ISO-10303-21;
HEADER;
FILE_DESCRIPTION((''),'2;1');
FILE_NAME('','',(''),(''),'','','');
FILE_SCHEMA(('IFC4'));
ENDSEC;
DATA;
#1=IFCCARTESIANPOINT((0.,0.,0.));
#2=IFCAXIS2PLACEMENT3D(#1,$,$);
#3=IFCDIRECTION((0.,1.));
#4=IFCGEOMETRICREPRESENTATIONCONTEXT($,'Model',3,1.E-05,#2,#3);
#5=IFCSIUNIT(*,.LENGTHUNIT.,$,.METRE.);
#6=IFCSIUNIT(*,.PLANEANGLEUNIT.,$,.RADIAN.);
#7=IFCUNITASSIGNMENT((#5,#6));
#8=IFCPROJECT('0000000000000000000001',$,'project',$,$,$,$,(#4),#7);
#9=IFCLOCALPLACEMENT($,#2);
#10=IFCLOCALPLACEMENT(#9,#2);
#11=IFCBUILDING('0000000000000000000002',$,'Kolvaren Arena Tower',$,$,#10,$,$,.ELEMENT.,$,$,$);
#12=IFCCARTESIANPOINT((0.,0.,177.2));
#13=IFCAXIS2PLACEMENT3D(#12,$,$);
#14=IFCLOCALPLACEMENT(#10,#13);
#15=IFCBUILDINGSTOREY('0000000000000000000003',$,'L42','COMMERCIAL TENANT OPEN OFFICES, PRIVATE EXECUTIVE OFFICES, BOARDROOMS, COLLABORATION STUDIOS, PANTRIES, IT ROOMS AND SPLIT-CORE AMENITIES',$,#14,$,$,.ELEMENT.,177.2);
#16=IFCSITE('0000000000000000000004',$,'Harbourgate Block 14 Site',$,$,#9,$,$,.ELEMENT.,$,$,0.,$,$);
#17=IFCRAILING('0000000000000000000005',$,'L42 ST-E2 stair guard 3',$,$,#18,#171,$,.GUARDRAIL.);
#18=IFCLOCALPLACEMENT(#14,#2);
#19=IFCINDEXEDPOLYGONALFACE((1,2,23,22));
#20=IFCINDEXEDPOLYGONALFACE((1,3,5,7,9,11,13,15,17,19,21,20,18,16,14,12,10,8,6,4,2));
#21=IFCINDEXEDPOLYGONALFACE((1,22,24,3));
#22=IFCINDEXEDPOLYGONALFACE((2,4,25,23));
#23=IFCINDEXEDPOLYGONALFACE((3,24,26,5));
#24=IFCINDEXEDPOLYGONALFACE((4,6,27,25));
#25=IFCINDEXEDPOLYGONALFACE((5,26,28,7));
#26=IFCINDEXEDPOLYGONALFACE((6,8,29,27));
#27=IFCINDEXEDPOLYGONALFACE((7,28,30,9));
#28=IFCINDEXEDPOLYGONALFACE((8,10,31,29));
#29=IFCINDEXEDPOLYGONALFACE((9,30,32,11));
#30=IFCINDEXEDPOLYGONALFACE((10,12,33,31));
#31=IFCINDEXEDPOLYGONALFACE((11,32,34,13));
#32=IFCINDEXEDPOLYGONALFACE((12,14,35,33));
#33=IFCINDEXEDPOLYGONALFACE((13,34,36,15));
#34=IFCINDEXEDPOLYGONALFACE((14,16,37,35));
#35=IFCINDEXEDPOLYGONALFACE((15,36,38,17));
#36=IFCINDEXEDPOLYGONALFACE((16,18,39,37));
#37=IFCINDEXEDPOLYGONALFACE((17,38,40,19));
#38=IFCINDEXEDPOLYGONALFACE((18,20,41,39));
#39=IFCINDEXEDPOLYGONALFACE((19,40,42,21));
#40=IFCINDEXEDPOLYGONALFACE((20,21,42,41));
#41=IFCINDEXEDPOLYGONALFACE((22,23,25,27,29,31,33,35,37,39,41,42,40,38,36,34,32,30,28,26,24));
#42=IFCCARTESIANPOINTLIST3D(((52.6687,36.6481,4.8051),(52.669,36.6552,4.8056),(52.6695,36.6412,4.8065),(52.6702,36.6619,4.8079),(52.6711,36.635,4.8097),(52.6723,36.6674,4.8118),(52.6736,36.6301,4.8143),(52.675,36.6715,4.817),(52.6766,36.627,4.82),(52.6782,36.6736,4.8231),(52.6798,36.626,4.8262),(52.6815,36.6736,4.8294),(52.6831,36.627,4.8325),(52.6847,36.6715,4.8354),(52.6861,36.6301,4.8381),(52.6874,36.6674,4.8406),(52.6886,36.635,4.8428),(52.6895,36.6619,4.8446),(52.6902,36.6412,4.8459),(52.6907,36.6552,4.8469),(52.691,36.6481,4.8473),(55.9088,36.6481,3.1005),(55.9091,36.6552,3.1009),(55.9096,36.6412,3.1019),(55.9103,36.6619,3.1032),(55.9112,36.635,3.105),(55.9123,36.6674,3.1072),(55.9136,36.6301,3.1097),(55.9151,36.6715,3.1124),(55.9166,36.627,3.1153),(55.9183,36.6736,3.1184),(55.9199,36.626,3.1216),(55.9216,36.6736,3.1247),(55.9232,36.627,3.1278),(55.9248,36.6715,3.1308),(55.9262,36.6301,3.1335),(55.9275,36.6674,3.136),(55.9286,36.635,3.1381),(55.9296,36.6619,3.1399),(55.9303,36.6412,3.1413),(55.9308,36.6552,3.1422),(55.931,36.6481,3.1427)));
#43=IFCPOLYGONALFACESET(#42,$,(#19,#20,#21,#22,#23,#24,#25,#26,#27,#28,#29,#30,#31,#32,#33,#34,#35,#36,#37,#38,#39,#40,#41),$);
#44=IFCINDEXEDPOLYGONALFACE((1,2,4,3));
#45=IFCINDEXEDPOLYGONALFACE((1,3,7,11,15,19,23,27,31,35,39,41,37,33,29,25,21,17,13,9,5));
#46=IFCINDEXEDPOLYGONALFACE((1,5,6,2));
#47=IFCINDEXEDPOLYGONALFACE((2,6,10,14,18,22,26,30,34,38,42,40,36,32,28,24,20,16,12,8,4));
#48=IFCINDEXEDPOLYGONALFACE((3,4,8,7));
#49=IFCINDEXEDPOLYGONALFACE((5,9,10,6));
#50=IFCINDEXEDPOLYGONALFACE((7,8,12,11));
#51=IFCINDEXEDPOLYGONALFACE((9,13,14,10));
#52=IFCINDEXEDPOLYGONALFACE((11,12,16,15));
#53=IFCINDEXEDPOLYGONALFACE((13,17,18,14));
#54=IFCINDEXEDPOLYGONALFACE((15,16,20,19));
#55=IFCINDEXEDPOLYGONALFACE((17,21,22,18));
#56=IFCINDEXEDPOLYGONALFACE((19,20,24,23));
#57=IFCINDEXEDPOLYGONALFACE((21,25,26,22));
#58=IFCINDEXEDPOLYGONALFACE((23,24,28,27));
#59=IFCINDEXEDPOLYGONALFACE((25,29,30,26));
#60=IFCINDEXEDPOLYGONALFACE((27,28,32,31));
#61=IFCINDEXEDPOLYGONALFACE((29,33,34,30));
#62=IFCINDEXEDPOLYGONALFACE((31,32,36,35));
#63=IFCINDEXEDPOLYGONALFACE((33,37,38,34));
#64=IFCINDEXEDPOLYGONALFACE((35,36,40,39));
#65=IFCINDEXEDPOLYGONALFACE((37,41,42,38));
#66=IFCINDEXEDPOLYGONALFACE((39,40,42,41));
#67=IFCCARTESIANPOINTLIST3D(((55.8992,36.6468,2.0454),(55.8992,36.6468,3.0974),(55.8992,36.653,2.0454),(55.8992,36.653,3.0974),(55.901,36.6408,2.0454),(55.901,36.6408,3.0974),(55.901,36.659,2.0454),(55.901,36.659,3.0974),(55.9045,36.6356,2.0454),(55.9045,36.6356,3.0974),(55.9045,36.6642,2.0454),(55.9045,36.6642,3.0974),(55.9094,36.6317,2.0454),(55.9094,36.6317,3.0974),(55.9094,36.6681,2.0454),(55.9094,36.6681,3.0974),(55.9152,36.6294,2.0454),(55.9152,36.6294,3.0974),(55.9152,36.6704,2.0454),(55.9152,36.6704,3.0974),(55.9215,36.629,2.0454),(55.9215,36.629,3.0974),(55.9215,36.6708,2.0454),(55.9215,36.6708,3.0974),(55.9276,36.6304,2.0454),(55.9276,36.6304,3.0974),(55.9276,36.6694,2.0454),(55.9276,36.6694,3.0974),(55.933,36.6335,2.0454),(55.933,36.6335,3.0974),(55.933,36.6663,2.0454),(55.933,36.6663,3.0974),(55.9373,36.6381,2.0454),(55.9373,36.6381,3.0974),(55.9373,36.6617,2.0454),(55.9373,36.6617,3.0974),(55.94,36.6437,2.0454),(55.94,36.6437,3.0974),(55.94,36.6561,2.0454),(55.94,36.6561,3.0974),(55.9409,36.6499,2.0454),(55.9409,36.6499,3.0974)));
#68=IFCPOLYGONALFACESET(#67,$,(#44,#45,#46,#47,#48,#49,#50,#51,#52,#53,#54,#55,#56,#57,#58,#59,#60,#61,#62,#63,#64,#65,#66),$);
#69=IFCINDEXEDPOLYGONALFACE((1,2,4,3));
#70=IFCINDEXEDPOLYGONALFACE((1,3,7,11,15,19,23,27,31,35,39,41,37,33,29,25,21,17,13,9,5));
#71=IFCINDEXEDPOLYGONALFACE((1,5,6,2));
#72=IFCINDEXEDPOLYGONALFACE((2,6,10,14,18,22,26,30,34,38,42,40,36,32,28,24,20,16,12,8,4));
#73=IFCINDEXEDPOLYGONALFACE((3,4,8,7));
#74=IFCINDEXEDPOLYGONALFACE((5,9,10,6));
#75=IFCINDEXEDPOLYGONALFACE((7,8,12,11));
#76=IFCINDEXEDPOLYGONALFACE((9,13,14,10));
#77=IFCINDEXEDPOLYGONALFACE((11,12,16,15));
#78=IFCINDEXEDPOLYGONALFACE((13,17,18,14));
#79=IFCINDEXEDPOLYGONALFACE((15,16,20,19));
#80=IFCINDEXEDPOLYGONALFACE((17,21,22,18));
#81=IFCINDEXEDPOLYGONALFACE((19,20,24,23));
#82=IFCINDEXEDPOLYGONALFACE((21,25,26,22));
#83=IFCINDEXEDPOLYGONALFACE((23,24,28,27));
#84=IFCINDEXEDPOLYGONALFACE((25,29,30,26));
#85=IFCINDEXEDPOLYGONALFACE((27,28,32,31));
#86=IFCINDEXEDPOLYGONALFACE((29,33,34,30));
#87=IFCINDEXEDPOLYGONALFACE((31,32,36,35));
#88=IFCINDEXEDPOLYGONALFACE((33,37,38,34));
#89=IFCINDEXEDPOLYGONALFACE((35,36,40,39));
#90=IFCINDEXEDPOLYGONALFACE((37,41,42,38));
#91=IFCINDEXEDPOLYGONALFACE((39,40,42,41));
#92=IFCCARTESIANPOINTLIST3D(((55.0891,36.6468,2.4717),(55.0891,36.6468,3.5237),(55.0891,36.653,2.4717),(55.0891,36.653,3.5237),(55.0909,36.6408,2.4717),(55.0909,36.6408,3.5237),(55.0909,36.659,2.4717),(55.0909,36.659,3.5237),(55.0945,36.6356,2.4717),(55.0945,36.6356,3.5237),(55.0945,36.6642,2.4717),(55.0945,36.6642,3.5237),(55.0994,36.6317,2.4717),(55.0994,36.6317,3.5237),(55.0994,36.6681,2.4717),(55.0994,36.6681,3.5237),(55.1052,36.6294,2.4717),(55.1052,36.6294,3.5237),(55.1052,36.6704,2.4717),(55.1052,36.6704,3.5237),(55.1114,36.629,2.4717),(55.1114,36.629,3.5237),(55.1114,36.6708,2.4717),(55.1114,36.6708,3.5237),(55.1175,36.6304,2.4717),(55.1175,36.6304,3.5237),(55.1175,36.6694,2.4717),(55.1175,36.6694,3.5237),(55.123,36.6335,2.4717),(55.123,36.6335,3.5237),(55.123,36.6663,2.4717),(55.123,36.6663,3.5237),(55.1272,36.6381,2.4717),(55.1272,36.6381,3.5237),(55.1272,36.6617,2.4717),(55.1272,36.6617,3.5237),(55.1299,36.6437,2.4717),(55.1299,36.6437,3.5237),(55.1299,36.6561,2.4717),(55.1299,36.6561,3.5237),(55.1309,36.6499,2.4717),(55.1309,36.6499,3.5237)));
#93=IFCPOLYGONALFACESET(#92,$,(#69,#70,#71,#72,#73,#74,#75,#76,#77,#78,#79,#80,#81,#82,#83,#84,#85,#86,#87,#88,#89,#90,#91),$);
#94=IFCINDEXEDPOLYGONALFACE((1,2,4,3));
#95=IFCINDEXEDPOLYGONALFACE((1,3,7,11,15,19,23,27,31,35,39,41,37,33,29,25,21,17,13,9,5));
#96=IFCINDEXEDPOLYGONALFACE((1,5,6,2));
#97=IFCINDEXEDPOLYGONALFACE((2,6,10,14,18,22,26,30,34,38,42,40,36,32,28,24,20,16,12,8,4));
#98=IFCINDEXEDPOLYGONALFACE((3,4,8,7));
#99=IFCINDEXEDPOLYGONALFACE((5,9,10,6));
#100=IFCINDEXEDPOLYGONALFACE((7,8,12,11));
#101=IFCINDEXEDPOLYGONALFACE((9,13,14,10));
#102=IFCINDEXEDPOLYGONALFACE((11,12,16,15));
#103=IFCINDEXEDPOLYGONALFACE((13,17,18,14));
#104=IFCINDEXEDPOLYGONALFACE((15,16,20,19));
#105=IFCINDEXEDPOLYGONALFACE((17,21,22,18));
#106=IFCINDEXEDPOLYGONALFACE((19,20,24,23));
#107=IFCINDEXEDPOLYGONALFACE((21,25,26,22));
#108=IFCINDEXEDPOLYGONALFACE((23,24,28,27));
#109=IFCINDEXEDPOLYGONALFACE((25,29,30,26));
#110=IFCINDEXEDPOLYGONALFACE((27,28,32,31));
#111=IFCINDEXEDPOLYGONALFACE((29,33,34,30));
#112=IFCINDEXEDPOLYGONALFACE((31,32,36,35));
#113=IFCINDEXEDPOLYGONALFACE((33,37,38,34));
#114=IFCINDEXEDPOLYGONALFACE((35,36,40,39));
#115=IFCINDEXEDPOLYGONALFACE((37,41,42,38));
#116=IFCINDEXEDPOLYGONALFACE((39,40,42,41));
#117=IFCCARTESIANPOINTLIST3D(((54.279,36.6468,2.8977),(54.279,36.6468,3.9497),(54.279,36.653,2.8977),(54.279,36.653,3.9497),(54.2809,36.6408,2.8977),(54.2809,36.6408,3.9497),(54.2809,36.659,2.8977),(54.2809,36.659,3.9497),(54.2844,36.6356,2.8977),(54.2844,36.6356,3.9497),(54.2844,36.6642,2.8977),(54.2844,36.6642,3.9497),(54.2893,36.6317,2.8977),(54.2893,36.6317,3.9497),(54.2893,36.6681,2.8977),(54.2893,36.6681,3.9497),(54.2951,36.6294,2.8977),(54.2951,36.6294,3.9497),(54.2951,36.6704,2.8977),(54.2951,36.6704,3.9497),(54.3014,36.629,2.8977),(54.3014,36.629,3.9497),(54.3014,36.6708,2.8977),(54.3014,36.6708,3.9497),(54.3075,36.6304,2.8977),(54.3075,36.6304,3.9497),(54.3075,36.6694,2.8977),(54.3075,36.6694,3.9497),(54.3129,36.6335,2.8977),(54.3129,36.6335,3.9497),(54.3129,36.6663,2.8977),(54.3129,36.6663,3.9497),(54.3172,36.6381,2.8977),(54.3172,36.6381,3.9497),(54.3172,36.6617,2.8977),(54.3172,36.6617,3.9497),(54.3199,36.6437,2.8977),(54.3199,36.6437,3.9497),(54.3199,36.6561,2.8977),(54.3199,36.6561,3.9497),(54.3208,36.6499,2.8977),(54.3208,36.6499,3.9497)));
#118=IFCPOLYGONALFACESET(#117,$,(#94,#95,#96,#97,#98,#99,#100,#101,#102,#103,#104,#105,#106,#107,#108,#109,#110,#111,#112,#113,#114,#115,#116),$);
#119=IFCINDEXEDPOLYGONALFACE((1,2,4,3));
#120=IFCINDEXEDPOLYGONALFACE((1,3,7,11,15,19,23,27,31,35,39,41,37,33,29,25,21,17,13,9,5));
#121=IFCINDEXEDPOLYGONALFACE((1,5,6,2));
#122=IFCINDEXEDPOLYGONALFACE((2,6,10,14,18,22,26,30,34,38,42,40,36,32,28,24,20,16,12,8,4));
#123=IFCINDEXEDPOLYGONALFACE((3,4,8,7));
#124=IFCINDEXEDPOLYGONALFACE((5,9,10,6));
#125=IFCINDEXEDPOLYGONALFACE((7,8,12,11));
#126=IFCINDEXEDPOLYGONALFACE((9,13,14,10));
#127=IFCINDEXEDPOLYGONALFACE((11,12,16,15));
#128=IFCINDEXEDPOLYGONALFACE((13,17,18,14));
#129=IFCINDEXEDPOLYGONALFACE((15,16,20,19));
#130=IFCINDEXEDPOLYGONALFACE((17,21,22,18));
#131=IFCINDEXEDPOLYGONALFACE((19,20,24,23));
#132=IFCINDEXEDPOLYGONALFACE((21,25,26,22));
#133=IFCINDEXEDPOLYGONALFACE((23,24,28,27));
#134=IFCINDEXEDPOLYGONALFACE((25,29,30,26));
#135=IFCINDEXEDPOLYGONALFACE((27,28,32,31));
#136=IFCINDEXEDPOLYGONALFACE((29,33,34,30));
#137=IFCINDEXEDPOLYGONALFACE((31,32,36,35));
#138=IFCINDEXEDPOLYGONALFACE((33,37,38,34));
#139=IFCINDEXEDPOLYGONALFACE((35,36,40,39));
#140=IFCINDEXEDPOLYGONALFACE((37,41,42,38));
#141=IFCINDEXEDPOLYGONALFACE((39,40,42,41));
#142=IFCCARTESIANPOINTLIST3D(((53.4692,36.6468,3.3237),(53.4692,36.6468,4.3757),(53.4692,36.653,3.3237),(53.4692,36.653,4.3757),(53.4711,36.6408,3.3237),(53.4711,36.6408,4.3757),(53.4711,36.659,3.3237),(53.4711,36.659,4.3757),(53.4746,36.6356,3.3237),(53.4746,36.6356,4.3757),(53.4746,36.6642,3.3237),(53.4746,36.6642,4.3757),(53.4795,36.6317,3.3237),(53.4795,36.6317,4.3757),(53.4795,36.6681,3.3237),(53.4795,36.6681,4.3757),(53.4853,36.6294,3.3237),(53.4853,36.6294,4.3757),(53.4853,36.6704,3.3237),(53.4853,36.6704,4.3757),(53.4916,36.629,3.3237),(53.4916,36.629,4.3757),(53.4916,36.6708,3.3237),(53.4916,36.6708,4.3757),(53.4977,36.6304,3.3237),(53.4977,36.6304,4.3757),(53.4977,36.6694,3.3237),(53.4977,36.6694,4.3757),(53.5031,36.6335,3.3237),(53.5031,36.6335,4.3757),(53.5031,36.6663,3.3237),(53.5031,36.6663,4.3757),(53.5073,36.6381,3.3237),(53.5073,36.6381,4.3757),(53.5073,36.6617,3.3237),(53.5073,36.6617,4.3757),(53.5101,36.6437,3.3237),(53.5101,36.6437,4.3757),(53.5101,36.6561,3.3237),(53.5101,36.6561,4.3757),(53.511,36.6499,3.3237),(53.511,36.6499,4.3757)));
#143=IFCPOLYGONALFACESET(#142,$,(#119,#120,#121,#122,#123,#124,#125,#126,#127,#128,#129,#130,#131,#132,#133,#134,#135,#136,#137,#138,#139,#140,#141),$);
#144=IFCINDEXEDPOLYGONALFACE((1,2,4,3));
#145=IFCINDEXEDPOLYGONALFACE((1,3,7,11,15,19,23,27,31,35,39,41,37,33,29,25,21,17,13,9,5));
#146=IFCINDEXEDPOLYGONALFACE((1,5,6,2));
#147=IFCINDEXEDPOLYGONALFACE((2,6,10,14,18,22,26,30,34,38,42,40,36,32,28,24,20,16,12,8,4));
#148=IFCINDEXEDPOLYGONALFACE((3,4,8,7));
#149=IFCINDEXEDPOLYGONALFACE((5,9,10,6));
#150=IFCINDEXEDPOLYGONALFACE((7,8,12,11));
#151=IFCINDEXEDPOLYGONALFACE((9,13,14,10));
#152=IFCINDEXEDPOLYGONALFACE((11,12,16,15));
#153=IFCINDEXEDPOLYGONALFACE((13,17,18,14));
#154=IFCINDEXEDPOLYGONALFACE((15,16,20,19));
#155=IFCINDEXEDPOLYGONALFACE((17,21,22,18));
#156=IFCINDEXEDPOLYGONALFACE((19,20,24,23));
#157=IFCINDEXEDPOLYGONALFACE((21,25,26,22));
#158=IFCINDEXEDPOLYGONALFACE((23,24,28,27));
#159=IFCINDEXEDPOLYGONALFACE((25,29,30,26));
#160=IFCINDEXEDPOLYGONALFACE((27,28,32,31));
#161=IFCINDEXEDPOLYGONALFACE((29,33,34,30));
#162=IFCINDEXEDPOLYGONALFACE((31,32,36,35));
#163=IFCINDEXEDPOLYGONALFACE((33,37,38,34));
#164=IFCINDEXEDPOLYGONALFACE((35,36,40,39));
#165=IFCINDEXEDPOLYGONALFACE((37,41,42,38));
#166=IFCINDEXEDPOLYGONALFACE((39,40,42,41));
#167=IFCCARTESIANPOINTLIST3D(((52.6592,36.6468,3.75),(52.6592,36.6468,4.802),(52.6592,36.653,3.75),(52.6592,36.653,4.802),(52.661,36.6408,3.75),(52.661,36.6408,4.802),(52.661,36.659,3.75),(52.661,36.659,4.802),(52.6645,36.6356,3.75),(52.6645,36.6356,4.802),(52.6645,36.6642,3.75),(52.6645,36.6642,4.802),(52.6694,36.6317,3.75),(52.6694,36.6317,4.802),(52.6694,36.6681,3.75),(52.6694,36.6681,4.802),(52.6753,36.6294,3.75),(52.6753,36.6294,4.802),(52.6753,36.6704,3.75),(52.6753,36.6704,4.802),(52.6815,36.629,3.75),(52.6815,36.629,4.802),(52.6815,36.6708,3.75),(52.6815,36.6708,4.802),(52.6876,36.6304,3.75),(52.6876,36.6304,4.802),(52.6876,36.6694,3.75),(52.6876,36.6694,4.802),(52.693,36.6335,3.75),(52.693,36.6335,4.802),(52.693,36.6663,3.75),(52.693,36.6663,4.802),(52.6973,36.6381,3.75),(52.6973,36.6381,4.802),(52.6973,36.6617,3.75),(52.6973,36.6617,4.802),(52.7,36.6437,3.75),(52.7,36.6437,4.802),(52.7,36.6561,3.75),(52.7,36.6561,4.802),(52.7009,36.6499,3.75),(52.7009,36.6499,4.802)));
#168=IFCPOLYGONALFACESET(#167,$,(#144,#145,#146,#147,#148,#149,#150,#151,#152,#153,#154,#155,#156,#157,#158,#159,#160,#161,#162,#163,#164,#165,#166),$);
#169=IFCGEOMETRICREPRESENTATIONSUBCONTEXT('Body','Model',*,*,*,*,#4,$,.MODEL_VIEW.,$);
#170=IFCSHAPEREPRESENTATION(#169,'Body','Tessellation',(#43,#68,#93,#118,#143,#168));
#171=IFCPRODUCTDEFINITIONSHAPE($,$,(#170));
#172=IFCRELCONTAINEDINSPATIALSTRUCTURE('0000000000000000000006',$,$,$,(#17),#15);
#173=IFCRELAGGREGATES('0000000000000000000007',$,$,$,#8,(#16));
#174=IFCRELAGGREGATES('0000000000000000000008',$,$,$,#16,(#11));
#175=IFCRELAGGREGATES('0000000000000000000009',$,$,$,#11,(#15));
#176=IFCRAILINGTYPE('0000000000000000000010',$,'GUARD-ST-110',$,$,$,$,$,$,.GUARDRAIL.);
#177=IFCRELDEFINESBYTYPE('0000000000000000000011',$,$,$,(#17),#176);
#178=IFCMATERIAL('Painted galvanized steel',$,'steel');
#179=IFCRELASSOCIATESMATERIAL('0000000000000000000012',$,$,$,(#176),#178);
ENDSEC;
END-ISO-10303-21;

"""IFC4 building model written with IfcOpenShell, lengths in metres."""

from ifc_helpers import new_model, si_unit, direction, frame, origin, origin_2d, place, context, subcontext, project, spatial, circle, extrude, material, type_object, element, save


model = new_model("IFC4")

# Units and contexts
model_context = context("Model", 3, precision=1e-05, world=origin(), true_north=direction((0.0, 1.0)))
body_context = subcontext(model_context, "Body", "Model", "MODEL_VIEW")
ifc_project = project(units=[si_unit("LENGTHUNIT", "METRE"), si_unit("PLANEANGLEUNIT", "RADIAN")], contexts=[model_context])

# Site, building, storey
site_placement = place(None, origin())
site = spatial("IfcSite", under=ifc_project, at=site_placement, Name="Harbourgate Block 14 Site", CompositionType="ELEMENT", RefElevation=0.0)
building_placement = place(site_placement, origin())
building = spatial("IfcBuilding", under=site, at=building_placement, Name="Kolvaren Arena Tower", CompositionType="ELEMENT")
storey_placement = place(building_placement, frame((0.0, 0.0, 177.2)))
storey = spatial("IfcBuildingStorey", under=building, at=storey_placement, Name="L42", Description="COMMERCIAL TENANT OPEN OFFICES, PRIVATE EXECUTIVE OFFICES, BOARDROOMS, COLLABORATION STUDIOS, PANTRIES, IT ROOMS AND SPLIT-CORE AMENITIES", CompositionType="ELEMENT", Elevation=177.2)

# Railing
ifc_material_1 = material(Name="Painted galvanized steel", Category="steel")
railing_type_1 = type_object("IfcRailingType", Name="GUARD-ST-110", PredefinedType="GUARDRAIL", material=ifc_material_1)
railing_1_placement = place(storey_placement, frame((55.9199, 36.6499, 2.0454)))
element("IfcRailing", 1, at=railing_1_placement, inside=storey, type_object=railing_type_1, Name="L42 ST-E2 stair guard 3", PredefinedType="GUARDRAIL", context=body_context, shape_type="SweptSolid", body=[
    extrude(circle(Radius=0.0239, at=origin_2d()), frame((0.0, 0.0, 1.0762), z_axis=(-0.884993, 0.0, 0.465604), x_axis=(0.0, -1.0, 0.0)), (0.0, 0.0, 1.0), 3.6611),
    extrude(circle(Radius=0.021, at=origin_2d()), origin(), (0.0, 0.0, 1.0), 1.052),
    extrude(circle(Radius=0.021, at=origin_2d()), frame((-0.8101, 0.0, 0.4263)), (0.0, 0.0, 1.0), 1.052),
    extrude(circle(Radius=0.021, at=origin_2d()), frame((-1.6201, 0.0, 0.8523)), (0.0, 0.0, 1.0), 1.052),
    extrude(circle(Radius=0.021, at=origin_2d()), frame((-2.4299, 0.0, 1.2783)), (0.0, 0.0, 1.0), 1.052),
    extrude(circle(Radius=0.021, at=origin_2d()), frame((-3.24, 0.0, 1.7046)), (0.0, 0.0, 1.0), 1.052),
])

save(model, "model.ifc")
